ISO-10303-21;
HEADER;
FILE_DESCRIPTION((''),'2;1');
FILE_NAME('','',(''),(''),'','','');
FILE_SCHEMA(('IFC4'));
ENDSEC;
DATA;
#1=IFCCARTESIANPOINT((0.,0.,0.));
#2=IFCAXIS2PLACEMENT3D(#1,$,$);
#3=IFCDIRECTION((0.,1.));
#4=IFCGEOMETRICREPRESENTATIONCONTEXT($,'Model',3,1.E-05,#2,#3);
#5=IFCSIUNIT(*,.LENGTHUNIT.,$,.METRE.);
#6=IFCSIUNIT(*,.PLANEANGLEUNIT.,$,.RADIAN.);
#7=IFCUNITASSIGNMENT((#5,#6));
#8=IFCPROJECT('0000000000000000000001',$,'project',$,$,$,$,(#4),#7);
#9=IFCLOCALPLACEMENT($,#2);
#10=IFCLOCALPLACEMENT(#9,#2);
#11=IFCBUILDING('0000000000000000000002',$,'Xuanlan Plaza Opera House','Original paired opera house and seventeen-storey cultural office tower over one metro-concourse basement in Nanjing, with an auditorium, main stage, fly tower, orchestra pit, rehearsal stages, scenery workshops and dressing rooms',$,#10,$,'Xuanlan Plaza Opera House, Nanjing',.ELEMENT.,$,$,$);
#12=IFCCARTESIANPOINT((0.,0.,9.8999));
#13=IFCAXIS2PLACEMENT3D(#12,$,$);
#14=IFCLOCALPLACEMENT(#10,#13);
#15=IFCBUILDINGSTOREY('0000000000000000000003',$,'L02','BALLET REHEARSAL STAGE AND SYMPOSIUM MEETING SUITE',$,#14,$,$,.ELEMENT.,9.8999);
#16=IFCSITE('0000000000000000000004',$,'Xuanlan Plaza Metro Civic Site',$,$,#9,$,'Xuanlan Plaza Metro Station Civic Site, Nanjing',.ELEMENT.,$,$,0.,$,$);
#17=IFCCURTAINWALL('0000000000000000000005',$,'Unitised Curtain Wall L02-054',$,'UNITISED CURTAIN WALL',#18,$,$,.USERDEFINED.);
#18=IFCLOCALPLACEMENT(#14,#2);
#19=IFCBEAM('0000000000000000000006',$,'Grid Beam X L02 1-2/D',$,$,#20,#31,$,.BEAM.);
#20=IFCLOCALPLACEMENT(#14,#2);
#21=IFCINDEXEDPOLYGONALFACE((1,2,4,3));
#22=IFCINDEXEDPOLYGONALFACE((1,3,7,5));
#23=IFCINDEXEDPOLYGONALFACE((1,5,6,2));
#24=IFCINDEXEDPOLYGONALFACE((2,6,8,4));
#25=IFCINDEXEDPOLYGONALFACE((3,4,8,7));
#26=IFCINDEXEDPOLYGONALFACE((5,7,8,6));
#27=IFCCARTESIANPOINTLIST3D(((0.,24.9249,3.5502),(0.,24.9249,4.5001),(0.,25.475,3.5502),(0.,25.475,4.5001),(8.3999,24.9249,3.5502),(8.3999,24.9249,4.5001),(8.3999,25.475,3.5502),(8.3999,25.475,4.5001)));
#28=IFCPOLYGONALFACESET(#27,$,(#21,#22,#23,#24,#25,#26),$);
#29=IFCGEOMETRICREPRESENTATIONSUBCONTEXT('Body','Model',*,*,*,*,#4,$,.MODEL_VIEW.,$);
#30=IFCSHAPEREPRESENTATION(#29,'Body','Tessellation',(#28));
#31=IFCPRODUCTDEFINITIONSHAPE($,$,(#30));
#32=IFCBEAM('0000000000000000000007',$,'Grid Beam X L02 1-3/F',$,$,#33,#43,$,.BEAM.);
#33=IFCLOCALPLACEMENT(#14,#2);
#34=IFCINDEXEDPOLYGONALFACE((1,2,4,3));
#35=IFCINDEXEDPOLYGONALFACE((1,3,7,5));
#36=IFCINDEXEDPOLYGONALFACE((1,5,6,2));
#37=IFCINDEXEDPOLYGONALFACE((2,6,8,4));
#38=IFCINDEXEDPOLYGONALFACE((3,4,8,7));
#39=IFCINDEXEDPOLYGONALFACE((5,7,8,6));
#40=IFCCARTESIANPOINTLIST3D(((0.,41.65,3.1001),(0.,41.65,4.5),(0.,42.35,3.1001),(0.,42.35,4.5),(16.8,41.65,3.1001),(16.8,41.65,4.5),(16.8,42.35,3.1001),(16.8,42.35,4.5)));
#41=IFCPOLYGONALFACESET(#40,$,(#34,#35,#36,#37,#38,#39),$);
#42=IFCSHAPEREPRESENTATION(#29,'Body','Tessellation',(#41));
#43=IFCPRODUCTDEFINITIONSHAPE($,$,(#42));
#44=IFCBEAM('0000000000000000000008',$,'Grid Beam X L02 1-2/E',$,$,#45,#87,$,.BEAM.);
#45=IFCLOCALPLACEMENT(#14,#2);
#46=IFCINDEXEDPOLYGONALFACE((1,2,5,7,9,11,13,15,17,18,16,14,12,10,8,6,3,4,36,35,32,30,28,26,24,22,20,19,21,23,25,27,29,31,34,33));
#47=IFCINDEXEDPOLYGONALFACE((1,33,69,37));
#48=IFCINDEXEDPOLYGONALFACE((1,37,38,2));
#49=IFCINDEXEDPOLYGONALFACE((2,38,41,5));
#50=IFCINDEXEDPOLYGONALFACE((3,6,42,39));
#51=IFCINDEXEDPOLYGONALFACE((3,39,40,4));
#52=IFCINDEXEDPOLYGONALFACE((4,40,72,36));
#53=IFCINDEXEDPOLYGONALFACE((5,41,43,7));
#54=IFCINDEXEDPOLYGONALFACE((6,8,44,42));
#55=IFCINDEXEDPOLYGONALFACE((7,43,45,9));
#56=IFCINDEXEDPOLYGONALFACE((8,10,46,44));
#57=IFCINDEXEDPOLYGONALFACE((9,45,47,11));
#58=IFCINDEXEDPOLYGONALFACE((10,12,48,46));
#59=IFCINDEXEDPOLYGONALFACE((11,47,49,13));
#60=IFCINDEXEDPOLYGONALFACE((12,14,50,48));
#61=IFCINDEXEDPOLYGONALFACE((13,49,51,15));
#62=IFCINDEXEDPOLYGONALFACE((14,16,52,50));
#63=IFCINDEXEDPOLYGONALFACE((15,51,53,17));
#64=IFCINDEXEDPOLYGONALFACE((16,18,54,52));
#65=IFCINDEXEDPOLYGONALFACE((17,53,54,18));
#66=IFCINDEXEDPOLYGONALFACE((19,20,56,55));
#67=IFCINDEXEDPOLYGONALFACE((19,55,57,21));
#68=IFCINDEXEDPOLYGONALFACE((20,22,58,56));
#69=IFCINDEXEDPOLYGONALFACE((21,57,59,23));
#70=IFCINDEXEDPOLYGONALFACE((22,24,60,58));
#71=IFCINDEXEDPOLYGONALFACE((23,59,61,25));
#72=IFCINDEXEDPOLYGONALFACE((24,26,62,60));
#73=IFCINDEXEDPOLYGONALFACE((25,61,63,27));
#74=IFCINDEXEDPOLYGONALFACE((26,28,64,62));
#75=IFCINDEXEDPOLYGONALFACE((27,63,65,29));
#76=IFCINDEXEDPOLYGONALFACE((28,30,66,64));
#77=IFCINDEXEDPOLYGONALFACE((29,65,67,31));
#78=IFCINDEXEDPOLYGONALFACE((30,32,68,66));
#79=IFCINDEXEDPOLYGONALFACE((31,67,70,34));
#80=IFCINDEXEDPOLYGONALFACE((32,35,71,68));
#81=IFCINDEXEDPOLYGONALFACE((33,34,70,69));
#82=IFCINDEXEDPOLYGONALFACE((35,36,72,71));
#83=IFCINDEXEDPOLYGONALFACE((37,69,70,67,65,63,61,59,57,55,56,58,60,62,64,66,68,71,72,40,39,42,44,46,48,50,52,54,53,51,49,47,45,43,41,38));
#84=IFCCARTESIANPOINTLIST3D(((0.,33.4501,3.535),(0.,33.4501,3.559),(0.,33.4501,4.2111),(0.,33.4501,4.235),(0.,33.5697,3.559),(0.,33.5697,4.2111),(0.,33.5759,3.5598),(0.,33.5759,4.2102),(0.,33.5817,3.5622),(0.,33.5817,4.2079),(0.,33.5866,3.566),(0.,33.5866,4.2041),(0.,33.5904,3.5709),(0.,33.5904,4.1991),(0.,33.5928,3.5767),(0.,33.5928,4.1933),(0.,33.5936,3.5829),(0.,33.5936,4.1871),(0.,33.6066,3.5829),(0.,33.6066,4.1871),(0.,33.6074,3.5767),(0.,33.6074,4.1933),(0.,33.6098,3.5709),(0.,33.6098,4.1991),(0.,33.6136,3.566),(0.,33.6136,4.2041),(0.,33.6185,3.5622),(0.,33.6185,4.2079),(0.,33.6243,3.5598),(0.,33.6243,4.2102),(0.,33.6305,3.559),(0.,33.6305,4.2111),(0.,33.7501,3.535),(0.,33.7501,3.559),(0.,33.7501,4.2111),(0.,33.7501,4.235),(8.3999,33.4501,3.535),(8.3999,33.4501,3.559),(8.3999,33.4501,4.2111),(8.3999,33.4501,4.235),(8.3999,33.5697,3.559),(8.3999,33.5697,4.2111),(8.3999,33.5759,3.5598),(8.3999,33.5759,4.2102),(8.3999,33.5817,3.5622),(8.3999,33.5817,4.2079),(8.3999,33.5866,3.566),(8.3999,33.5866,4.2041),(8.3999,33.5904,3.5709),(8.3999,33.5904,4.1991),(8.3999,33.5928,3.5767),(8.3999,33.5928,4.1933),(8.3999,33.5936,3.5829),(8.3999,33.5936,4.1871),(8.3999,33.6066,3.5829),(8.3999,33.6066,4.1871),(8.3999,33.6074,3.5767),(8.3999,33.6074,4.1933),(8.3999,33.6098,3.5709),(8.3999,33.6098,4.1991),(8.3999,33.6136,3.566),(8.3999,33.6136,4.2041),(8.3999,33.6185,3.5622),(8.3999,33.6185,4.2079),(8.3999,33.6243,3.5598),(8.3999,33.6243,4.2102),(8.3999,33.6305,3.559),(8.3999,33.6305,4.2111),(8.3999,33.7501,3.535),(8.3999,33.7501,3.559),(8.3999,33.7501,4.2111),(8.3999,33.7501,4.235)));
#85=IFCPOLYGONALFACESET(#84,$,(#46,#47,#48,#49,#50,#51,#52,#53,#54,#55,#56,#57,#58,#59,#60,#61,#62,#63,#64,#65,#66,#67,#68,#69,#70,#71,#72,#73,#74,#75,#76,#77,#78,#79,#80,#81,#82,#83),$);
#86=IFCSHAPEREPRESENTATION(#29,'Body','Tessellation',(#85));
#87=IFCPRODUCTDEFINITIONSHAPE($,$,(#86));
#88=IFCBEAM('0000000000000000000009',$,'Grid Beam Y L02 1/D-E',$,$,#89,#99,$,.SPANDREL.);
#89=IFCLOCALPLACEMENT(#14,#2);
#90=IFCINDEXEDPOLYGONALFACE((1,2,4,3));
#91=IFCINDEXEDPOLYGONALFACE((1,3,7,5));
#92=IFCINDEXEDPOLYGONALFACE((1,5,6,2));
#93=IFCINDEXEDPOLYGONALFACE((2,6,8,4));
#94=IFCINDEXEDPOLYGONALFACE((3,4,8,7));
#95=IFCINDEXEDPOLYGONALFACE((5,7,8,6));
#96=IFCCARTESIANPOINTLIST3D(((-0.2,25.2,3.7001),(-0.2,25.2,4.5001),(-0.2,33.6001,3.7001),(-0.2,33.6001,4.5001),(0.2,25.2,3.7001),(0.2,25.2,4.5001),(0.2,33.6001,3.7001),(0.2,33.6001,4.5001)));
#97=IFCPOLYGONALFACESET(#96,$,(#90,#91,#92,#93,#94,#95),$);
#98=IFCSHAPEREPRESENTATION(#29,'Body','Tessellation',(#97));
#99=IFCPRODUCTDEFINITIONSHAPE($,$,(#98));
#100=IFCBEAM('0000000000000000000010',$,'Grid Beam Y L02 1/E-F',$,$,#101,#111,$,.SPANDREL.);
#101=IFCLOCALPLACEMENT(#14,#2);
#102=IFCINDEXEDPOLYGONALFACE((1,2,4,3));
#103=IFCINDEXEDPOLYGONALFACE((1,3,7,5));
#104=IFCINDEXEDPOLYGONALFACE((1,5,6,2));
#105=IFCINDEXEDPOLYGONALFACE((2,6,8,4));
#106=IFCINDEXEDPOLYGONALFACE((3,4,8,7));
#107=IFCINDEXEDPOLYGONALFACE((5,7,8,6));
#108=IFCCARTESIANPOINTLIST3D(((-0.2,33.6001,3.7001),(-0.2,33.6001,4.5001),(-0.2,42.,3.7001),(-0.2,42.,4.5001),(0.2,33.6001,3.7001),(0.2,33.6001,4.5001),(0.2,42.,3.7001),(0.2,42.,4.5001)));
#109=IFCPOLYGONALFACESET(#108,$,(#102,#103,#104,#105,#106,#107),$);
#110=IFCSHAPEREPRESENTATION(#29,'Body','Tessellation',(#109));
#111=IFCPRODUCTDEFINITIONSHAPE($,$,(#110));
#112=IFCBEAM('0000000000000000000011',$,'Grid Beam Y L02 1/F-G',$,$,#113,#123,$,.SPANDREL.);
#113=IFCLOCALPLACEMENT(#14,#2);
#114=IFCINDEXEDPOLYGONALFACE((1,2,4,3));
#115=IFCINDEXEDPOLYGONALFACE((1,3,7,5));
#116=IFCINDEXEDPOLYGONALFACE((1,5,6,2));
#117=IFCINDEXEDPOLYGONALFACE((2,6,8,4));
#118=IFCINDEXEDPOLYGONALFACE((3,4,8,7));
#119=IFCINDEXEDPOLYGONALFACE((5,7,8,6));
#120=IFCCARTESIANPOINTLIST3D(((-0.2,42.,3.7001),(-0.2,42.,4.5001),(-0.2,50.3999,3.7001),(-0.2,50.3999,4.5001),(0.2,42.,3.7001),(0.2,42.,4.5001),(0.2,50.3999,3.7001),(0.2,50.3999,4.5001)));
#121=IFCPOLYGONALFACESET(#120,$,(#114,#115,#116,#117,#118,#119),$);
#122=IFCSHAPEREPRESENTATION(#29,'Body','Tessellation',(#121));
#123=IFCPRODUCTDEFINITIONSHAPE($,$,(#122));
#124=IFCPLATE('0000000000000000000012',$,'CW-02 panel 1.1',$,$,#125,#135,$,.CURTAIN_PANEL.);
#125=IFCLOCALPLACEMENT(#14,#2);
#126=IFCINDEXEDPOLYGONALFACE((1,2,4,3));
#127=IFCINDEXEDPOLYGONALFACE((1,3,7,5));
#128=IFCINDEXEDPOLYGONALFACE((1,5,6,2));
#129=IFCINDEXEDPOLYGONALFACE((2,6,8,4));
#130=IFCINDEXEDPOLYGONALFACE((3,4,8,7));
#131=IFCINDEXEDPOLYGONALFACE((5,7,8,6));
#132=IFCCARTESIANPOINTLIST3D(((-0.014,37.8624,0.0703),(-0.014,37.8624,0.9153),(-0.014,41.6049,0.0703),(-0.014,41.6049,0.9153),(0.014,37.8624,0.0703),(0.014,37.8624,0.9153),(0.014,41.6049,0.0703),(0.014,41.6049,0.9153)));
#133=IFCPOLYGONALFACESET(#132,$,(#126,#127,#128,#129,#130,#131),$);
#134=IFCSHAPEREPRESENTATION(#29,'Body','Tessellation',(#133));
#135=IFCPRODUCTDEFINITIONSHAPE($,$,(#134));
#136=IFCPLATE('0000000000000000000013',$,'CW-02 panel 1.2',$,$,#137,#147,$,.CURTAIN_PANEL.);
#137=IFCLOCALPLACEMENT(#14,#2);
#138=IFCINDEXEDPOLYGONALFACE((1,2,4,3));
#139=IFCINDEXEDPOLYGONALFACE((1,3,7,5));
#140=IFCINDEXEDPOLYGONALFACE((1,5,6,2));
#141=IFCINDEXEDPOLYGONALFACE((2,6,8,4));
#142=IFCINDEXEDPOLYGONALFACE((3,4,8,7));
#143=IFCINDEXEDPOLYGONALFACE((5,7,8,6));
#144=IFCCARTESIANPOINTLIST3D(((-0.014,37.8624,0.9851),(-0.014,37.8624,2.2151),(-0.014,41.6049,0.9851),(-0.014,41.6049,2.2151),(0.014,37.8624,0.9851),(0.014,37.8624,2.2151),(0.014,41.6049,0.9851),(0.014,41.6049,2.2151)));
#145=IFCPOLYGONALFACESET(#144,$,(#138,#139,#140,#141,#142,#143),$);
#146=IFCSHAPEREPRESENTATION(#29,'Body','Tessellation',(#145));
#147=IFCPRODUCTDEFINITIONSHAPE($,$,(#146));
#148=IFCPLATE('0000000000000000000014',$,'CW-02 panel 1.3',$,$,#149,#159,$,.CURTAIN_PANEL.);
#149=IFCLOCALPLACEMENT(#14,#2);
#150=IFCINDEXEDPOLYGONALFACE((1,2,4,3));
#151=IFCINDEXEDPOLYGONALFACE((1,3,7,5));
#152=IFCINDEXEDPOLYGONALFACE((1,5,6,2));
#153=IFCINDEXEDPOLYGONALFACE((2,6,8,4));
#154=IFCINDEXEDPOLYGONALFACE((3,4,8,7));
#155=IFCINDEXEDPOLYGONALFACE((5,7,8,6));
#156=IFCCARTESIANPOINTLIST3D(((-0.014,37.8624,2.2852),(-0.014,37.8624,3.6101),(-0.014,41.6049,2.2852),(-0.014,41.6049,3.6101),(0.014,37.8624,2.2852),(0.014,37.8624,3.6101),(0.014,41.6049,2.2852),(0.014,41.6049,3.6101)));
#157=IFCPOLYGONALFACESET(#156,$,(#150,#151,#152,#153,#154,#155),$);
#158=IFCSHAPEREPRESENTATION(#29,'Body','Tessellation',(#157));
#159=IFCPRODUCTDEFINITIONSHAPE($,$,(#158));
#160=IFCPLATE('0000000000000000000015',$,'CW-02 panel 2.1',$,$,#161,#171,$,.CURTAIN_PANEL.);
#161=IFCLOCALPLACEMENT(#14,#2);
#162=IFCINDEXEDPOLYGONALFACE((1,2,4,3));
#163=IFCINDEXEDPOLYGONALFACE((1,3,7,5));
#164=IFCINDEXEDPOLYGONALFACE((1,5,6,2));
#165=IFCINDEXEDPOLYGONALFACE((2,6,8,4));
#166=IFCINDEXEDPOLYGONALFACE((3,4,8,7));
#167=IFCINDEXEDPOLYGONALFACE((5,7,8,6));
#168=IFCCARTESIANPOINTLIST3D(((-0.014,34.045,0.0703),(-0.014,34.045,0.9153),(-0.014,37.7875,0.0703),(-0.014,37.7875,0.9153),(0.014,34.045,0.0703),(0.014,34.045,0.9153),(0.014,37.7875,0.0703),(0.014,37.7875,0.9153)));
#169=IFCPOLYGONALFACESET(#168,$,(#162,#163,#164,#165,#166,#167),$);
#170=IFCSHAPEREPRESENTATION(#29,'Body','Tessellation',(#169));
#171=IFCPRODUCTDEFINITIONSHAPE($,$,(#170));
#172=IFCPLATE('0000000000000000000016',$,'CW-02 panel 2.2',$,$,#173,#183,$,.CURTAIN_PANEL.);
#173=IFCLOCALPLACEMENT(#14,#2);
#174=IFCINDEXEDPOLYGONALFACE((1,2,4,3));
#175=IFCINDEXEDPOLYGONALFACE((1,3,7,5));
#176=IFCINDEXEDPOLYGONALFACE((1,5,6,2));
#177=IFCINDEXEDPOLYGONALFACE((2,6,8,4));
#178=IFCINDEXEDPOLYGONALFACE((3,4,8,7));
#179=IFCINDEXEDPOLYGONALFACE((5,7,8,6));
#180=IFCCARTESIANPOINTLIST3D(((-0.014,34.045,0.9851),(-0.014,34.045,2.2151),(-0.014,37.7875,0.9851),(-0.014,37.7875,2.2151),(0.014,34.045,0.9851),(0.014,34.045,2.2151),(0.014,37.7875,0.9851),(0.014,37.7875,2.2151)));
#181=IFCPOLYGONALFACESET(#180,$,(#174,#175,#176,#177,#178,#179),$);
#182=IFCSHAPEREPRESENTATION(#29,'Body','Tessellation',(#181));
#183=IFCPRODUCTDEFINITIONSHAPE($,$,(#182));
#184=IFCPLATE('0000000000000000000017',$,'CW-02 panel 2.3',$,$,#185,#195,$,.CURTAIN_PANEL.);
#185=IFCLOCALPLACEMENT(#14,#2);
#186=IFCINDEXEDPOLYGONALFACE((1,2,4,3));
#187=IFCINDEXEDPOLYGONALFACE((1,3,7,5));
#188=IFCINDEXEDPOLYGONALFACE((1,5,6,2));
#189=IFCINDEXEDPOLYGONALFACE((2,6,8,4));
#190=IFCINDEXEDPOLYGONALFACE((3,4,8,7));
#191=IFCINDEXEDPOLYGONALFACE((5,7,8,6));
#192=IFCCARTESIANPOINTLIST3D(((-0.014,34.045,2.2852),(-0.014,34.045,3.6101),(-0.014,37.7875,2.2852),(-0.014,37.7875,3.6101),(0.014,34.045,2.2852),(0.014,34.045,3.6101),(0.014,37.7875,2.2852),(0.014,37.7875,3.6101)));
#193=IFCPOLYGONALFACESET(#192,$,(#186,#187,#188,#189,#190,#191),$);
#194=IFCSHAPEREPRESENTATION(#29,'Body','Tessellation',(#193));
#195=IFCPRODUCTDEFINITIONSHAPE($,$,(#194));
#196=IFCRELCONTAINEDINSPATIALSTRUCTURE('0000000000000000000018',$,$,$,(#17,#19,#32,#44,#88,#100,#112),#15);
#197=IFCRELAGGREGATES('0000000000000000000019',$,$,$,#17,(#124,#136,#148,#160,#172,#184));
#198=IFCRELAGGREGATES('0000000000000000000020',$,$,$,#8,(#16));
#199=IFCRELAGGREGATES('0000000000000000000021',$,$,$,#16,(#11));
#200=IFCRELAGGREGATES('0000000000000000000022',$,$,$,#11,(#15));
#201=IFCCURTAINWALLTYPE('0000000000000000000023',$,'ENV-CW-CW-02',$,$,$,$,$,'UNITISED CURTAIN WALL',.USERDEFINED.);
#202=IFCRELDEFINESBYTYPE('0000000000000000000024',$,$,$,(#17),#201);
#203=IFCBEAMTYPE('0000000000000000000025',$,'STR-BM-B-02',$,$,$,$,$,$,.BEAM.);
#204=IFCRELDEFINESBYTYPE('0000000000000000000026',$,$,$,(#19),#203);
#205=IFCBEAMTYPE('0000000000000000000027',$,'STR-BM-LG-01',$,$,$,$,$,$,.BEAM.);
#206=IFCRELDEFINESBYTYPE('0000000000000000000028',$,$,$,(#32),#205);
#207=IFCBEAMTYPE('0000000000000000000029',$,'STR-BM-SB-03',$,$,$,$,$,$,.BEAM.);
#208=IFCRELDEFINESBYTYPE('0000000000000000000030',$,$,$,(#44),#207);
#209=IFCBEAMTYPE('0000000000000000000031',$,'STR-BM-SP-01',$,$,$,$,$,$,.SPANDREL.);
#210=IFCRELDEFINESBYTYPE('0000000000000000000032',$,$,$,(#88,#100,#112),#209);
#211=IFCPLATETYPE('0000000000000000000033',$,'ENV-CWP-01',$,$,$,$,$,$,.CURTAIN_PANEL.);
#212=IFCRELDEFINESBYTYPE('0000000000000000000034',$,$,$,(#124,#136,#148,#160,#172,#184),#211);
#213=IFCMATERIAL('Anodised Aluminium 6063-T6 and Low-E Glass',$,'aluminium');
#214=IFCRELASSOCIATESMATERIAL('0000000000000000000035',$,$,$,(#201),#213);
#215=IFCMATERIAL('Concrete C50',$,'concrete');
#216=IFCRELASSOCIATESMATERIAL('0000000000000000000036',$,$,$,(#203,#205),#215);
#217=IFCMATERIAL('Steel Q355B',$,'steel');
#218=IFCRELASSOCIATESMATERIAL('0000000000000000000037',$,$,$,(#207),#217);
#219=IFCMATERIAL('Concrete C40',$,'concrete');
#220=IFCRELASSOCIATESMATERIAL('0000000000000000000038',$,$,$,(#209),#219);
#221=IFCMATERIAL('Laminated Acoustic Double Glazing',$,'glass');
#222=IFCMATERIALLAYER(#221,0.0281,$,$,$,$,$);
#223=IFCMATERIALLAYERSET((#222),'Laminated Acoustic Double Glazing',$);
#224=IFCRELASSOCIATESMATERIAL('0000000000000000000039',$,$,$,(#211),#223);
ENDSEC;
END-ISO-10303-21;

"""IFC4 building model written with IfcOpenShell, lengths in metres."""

from ifc_helpers import new_model, si_unit, direction, frame, origin, origin_2d, place, context, subcontext, project, spatial, rectangle, i_section, extrude, material, layer, layer_set, material_profile, profile_set, type_object, element, aggregate, save


model = new_model("IFC4")

# Units and contexts
model_context = context("Model", 3, precision=1e-05, world=origin(), true_north=direction((0.0, 1.0)))
body_context = subcontext(model_context, "Body", "Model", "MODEL_VIEW")
ifc_project = project(units=[si_unit("LENGTHUNIT", "METRE"), si_unit("PLANEANGLEUNIT", "RADIAN")], contexts=[model_context])

# Site, building, storey
site_placement = place(None, origin())
site = spatial("IfcSite", under=ifc_project, at=site_placement, Name="Xuanlan Plaza Metro Civic Site", LongName="Xuanlan Plaza Metro Station Civic Site, Nanjing", CompositionType="ELEMENT", RefElevation=0.0)
building_placement = place(site_placement, origin())
building = spatial("IfcBuilding", under=site, at=building_placement, Name="Xuanlan Plaza Opera House", Description="Original paired opera house and seventeen-storey cultural office tower over one metro-concourse basement in Nanjing, with an auditorium, main stage, fly tower, orchestra pit, rehearsal stages, scenery workshops and dressing rooms", LongName="Xuanlan Plaza Opera House, Nanjing", CompositionType="ELEMENT")
storey_placement = place(building_placement, frame((0.0, 0.0, 9.8999)))
storey = spatial("IfcBuildingStorey", under=building, at=storey_placement, Name="L02", Description="BALLET REHEARSAL STAGE AND SYMPOSIUM MEETING SUITE", CompositionType="ELEMENT", Elevation=9.8999)

# Shared definitions
ifc_material_1 = material(Name="Concrete C40", Category="concrete")

# Curtain wall
ifc_material_2 = material(Name="Anodised Aluminium 6063-T6 and Low-E Glass", Category="aluminium")
curtain_wall_type = type_object("IfcCurtainWallType", Name="ENV-CW-CW-02", ElementType="UNITISED CURTAIN WALL", PredefinedType="USERDEFINED", material=ifc_material_2)
curtain_wall_placement = place(storey_placement, origin())
curtain_wall = element("IfcCurtainWall", 1, at=curtain_wall_placement, inside=storey, type_object=curtain_wall_type, Name="Unitised Curtain Wall L02-054", ObjectType="UNITISED CURTAIN WALL", PredefinedType="USERDEFINED")

# Beams
ifc_material_3 = material(Name="Concrete C50", Category="concrete")
ifc_material_profile_1 = material_profile(ifc_material_3, rectangle(XDim=0.55, YDim=0.95, at=origin_2d()), Name="RC-BM 550x950")
ifc_profile_set_1 = profile_set([ifc_material_profile_1], Name="Concrete C50")
beam_type_1 = type_object("IfcBeamType", Name="STR-BM-B-02", PredefinedType="BEAM", material=ifc_profile_set_1)
beam_1_placement = place(storey_placement, frame((0.0, 25.2, 4.0251), z_axis=(1.0, 0.0, 0.0), x_axis=(0.0, 1.0, 0.0)))
element("IfcBeam", 2, at=beam_1_placement, inside=storey, type_object=beam_type_1, Name="Grid Beam X L02 1-2/D", PredefinedType="BEAM", context=body_context, shape_type="SweptSolid", body=[
    extrude(rectangle(XDim=0.55, YDim=0.95, at=origin_2d()), origin(), (0.0, 0.0, 1.0), 8.3999),
])
ifc_material_profile_2 = material_profile(ifc_material_3, rectangle(XDim=0.7, YDim=1.3999, at=origin_2d()), Name="RC-LG 700x1400")
ifc_profile_set_2 = profile_set([ifc_material_profile_2], Name="Concrete C50")
beam_type_2 = type_object("IfcBeamType", Name="STR-BM-LG-01", PredefinedType="BEAM", material=ifc_profile_set_2)
beam_2_placement = place(storey_placement, frame((0.0, 42.0, 3.8), z_axis=(1.0, 0.0, 0.0), x_axis=(0.0, 1.0, 0.0)))
element("IfcBeam", 3, at=beam_2_placement, inside=storey, type_object=beam_type_2, Name="Grid Beam X L02 1-3/F", PredefinedType="BEAM", context=body_context, shape_type="SweptSolid", body=[
    extrude(rectangle(XDim=0.7, YDim=1.3999, at=origin_2d()), origin(), (0.0, 0.0, 1.0), 16.8),
])
ifc_material_4 = material(Name="Steel Q355B", Category="steel")
ifc_material_profile_3 = material_profile(ifc_material_4, i_section(OverallWidth=0.3, OverallDepth=0.7, WebThickness=0.0129, FlangeThickness=0.0239, FilletRadius=0.0239, at=origin_2d()), Name="HN 700x300x13x24")
ifc_profile_set_3 = profile_set([ifc_material_profile_3], Name="Steel Q355B")
beam_type_3 = type_object("IfcBeamType", Name="STR-BM-SB-03", PredefinedType="BEAM", material=ifc_profile_set_3)
beam_3_placement = place(storey_placement, frame((0.0, 33.6001, 3.885), z_axis=(1.0, 0.0, 0.0), x_axis=(0.0, 1.0, 0.0)))
element("IfcBeam", 4, at=beam_3_placement, inside=storey, type_object=beam_type_3, Name="Grid Beam X L02 1-2/E", PredefinedType="BEAM", context=body_context, shape_type="SweptSolid", body=[
    extrude(i_section(OverallWidth=0.3, OverallDepth=0.7, WebThickness=0.0129, FlangeThickness=0.0239, FilletRadius=0.0239, at=origin_2d()), origin(), (0.0, 0.0, 1.0), 8.3999),
])
ifc_material_profile_4 = material_profile(ifc_material_1, rectangle(XDim=0.3999, YDim=0.8, at=origin_2d()), Name="RC-SPD 400x800")
ifc_profile_set_4 = profile_set([ifc_material_profile_4], Name="Concrete C40")
beam_type_4 = type_object("IfcBeamType", Name="STR-BM-SP-01", PredefinedType="SPANDREL", material=ifc_profile_set_4)
beam_4_placement = place(storey_placement, frame((0.0, 25.2, 4.1001), z_axis=(0.0, 1.0, 0.0), x_axis=(-1.0, 0.0, 0.0)))
element("IfcBeam", 5, at=beam_4_placement, inside=storey, type_object=beam_type_4, Name="Grid Beam Y L02 1/D-E", PredefinedType="SPANDREL", context=body_context, shape_type="SweptSolid", body=[
    extrude(rectangle(XDim=0.3999, YDim=0.8, at=origin_2d()), origin(), (0.0, 0.0, 1.0), 8.4001),
])
for number, where, z_axis, x_axis, name in (
    (6, (0.0, 33.6001, 4.1001), (0.0, 1.0, 0.0), (-1.0, 0.0, 0.0), "Grid Beam Y L02 1/E-F"),
    (7, (0.0, 42.0, 4.1001), (0.0, 1.0, 0.0), (-1.0, 0.0, 0.0), "Grid Beam Y L02 1/F-G"),
):
    element("IfcBeam", number, at=place(storey_placement, frame(where, z_axis=z_axis, x_axis=x_axis)), inside=storey, type_object=beam_type_4, Name=name, PredefinedType="SPANDREL", context=body_context, shape_type="SweptSolid", body=[
        extrude(rectangle(XDim=0.3999, YDim=0.8, at=origin_2d()), origin(), (0.0, 0.0, 1.0), 8.3999),
    ])

# Plates
ifc_material_5 = material(Name="Laminated Acoustic Double Glazing", Category="glass")
ifc_layer_1 = layer(ifc_material_5, 0.0281)
ifc_layer_set_1 = layer_set([ifc_layer_1], Name="Laminated Acoustic Double Glazing")
plate_type = type_object("IfcPlateType", Name="ENV-CWP-01", PredefinedType="CURTAIN_PANEL", material=ifc_layer_set_1)
plate_1_placement = place(storey_placement, frame((0.0, 39.7336, 0.0703), z_axis=(0.0, 0.0, 1.0), x_axis=(0.0, -1.0, 0.0)))
plate_1 = element("IfcPlate", 8, at=plate_1_placement, type_object=plate_type, Name="CW-02 panel 1.1", PredefinedType="CURTAIN_PANEL", context=body_context, shape_type="SweptSolid", body=[
    extrude(rectangle(XDim=3.7424, YDim=0.0281, at=origin_2d()), origin(), (0.0, 0.0, 1.0), 0.845),
])
plate_2_placement = place(storey_placement, frame((0.0, 39.7336, 0.9851), z_axis=(0.0, 0.0, 1.0), x_axis=(0.0, -1.0, 0.0)))
plate_2 = element("IfcPlate", 9, at=plate_2_placement, type_object=plate_type, Name="CW-02 panel 1.2", PredefinedType="CURTAIN_PANEL", context=body_context, shape_type="SweptSolid", body=[
    extrude(rectangle(XDim=3.7424, YDim=0.0281, at=origin_2d()), origin(), (0.0, 0.0, 1.0), 1.23),
])
plate_3_placement = place(storey_placement, frame((0.0, 39.7336, 2.2852), z_axis=(0.0, 0.0, 1.0), x_axis=(0.0, -1.0, 0.0)))
plate_3 = element("IfcPlate", 10, at=plate_3_placement, type_object=plate_type, Name="CW-02 panel 1.3", PredefinedType="CURTAIN_PANEL", context=body_context, shape_type="SweptSolid", body=[
    extrude(rectangle(XDim=3.7424, YDim=0.0281, at=origin_2d()), origin(), (0.0, 0.0, 1.0), 1.325),
])
plate_4_placement = place(storey_placement, frame((0.0, 35.9163, 0.0703), z_axis=(0.0, 0.0, 1.0), x_axis=(0.0, -1.0, 0.0)))
plate_4 = element("IfcPlate", 11, at=plate_4_placement, type_object=plate_type, Name="CW-02 panel 2.1", PredefinedType="CURTAIN_PANEL", context=body_context, shape_type="SweptSolid", body=[
    extrude(rectangle(XDim=3.7424, YDim=0.0281, at=origin_2d()), origin(), (0.0, 0.0, 1.0), 0.845),
])
plate_5_placement = place(storey_placement, frame((0.0, 35.9163, 0.9851), z_axis=(0.0, 0.0, 1.0), x_axis=(0.0, -1.0, 0.0)))
plate_5 = element("IfcPlate", 12, at=plate_5_placement, type_object=plate_type, Name="CW-02 panel 2.2", PredefinedType="CURTAIN_PANEL", context=body_context, shape_type="SweptSolid", body=[
    extrude(rectangle(XDim=3.7424, YDim=0.0281, at=origin_2d()), origin(), (0.0, 0.0, 1.0), 1.23),
])
plate_6_placement = place(storey_placement, frame((0.0, 35.9163, 2.2852), z_axis=(0.0, 0.0, 1.0), x_axis=(0.0, -1.0, 0.0)))
plate_6 = element("IfcPlate", 13, at=plate_6_placement, type_object=plate_type, Name="CW-02 panel 2.3", PredefinedType="CURTAIN_PANEL", context=body_context, shape_type="SweptSolid", body=[
    extrude(rectangle(XDim=3.7424, YDim=0.0281, at=origin_2d()), origin(), (0.0, 0.0, 1.0), 1.325),
])
aggregate(curtain_wall, [plate_1, plate_2, plate_3, plate_4, plate_5, plate_6])

save(model, "model.ifc")
